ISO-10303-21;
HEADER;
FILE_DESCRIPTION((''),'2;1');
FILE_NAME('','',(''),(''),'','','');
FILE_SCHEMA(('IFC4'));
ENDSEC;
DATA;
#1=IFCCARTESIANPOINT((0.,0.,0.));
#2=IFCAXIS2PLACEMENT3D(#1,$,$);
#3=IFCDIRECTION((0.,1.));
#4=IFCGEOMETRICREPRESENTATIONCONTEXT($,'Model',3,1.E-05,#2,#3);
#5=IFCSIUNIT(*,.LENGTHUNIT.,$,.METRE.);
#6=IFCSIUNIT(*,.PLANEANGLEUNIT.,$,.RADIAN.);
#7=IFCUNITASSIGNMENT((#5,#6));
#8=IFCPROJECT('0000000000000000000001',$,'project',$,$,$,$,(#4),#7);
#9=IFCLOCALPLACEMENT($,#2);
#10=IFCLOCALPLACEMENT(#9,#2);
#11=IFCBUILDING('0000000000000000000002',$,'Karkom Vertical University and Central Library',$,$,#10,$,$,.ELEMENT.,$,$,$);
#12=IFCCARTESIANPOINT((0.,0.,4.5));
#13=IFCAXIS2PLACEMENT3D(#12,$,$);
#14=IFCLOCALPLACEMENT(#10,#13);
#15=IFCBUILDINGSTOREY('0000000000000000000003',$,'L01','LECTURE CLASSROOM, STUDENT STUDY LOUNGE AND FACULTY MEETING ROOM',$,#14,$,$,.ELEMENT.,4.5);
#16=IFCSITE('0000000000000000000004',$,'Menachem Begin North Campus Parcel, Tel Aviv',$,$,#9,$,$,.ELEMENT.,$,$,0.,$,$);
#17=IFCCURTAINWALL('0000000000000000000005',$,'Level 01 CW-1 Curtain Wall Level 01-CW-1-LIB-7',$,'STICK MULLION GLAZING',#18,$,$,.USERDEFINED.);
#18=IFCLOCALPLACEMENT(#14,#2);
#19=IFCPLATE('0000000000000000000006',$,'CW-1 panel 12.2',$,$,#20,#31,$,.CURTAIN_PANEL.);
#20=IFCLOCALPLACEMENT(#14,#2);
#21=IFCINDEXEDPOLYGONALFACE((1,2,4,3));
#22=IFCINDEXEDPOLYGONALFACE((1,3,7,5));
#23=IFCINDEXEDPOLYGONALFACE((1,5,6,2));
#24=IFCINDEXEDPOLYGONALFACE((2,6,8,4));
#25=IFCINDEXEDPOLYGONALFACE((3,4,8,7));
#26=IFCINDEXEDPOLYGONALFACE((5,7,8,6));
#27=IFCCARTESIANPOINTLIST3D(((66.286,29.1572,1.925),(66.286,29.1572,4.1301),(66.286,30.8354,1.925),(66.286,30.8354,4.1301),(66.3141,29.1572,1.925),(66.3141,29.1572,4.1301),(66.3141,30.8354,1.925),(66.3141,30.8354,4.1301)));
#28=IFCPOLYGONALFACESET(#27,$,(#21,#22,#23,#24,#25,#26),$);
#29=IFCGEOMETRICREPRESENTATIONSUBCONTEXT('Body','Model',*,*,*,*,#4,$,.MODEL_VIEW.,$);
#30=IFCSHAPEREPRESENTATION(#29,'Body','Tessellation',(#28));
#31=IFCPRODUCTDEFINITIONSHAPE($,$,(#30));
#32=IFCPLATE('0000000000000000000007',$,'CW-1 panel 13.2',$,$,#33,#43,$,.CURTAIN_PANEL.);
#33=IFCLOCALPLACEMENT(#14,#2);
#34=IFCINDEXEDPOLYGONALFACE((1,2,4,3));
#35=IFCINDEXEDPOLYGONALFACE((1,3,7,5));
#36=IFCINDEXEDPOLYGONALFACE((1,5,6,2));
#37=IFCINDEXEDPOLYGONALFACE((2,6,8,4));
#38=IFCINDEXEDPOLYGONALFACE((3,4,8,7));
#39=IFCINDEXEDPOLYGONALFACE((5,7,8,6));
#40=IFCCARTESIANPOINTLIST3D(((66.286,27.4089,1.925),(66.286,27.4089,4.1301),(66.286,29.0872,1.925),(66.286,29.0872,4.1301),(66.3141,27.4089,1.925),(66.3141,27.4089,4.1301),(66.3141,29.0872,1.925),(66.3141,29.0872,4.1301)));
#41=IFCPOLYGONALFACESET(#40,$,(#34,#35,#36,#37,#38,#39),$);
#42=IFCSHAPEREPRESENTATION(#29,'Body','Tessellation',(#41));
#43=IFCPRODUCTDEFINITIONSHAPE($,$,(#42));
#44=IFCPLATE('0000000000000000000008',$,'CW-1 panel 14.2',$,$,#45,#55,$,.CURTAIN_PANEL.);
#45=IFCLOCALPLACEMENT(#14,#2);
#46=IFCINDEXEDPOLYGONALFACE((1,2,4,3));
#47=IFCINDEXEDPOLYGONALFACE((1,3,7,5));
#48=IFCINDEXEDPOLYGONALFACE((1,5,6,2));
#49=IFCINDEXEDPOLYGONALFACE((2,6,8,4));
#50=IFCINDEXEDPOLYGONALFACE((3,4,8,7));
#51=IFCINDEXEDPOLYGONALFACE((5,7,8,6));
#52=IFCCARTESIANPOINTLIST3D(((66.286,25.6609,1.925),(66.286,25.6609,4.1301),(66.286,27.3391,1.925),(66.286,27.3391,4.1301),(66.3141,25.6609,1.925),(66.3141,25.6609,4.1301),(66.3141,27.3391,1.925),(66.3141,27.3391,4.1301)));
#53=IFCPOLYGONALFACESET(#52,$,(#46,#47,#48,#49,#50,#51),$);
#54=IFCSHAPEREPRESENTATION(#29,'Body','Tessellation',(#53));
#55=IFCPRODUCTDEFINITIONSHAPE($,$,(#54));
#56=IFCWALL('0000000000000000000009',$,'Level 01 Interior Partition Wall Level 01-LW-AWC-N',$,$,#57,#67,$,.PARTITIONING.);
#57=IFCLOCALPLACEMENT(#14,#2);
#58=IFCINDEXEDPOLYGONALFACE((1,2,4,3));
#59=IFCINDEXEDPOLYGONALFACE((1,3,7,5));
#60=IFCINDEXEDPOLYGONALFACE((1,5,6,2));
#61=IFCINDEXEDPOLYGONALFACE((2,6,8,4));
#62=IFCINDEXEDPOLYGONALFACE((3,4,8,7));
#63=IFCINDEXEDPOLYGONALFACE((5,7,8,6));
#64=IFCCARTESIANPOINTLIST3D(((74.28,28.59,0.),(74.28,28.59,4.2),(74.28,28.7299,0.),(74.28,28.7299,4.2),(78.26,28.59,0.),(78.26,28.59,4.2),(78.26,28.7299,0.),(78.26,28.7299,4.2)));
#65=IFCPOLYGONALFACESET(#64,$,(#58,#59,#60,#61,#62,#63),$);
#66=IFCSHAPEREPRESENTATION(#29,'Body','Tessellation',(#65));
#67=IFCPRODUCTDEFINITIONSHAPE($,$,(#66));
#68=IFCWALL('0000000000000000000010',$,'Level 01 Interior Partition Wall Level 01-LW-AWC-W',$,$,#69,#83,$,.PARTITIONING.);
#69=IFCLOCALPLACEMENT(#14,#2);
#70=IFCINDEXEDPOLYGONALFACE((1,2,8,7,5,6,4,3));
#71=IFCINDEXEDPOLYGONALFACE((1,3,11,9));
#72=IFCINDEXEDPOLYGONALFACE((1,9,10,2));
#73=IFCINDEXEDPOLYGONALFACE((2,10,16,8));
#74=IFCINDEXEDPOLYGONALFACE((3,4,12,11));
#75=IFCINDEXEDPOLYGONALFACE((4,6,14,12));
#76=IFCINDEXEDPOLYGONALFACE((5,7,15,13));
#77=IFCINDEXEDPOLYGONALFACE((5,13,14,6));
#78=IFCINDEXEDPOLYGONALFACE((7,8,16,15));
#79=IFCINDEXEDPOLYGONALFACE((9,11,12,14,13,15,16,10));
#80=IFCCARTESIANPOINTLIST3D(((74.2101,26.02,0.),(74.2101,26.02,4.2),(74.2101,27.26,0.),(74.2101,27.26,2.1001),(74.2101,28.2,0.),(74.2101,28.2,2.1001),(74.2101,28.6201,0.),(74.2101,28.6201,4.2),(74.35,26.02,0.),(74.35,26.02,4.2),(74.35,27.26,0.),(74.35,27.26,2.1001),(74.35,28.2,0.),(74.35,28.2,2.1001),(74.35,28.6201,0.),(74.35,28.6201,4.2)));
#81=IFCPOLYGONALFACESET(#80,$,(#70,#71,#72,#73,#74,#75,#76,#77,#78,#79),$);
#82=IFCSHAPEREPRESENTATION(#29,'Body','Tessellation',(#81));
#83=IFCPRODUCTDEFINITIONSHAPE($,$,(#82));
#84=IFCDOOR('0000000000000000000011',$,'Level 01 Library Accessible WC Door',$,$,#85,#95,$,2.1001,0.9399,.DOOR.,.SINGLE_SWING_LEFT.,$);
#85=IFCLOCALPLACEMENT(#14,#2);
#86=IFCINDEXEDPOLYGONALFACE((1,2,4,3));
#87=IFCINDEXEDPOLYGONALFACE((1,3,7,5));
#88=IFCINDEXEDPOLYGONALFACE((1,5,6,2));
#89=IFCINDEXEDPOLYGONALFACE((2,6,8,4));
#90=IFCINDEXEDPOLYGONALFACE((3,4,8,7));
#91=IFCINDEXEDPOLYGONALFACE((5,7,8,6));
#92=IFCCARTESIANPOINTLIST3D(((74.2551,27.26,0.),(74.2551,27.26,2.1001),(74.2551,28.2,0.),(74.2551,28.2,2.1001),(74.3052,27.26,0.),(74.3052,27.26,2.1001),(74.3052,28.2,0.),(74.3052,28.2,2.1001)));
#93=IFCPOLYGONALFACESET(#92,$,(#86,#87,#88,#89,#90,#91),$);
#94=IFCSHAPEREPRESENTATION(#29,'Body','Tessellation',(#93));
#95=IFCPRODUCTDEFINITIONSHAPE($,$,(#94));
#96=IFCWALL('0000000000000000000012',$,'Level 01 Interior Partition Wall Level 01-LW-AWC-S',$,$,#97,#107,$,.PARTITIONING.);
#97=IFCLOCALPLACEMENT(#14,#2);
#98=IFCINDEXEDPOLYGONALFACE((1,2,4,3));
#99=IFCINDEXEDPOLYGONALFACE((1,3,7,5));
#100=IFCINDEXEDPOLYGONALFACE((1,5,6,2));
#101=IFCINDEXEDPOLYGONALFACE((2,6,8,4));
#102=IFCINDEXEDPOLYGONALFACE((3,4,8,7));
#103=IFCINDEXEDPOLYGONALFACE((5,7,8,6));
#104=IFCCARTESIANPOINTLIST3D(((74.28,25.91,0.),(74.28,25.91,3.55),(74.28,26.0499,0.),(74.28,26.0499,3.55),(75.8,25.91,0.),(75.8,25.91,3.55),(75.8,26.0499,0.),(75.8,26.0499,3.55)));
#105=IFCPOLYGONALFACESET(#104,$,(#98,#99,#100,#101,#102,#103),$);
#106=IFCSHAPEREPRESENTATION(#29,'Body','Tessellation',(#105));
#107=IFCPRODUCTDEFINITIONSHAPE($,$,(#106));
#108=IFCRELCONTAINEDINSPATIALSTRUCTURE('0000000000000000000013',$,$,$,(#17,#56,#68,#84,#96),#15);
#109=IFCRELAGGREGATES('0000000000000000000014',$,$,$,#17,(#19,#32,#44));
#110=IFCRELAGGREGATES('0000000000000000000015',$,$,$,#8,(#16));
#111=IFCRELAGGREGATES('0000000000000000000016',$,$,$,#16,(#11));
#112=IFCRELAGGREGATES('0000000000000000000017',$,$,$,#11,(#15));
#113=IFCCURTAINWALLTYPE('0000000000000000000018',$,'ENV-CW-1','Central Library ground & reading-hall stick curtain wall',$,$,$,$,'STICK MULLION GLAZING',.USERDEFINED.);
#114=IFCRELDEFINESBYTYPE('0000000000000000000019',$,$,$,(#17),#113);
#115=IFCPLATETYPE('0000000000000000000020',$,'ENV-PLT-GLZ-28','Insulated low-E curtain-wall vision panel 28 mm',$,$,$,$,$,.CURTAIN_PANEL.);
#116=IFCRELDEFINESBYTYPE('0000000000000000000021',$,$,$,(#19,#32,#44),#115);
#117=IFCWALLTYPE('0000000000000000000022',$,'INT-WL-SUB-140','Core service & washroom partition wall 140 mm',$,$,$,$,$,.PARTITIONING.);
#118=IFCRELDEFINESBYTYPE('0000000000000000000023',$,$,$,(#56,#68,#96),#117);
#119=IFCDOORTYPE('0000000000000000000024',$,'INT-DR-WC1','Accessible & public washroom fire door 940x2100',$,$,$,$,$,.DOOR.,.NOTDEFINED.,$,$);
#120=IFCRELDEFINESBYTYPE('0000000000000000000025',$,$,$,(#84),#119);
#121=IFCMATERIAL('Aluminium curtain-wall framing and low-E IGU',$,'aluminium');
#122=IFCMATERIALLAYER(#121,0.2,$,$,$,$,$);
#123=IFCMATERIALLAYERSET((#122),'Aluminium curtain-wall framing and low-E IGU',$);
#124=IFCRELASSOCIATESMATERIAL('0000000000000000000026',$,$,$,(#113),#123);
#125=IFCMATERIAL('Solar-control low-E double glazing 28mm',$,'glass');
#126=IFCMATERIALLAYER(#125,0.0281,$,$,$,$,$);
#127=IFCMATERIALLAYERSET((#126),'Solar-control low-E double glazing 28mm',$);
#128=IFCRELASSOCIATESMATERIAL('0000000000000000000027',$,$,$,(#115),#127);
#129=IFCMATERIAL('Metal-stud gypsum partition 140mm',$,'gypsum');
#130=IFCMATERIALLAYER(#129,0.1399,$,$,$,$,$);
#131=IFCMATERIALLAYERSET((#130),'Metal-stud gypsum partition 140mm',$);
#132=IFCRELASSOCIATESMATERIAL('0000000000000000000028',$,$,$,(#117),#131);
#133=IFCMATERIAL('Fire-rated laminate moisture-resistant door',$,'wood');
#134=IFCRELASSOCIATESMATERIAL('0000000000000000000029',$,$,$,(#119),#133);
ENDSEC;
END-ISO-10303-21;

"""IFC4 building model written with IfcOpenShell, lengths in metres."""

from ifc_helpers import new_model, si_unit, direction, frame, frame_2d, origin, origin_with_axes, origin_2d, place, context, subcontext, project, spatial, rectangle, extrude, source, transform, mapped, material, layer, layer_set, type_object, element, fill, aggregate, save


model = new_model("IFC4")

# Units and contexts
model_context = context("Model", 3, precision=1e-05, world=origin(), true_north=direction((0.0, 1.0)))
body_context = subcontext(model_context, "Body", "Model", "MODEL_VIEW")
ifc_project = project(units=[si_unit("LENGTHUNIT", "METRE"), si_unit("PLANEANGLEUNIT", "RADIAN")], contexts=[model_context])

# Site, building, storey
site_placement = place(None, origin())
site = spatial("IfcSite", under=ifc_project, at=site_placement, Name="Menachem Begin North Campus Parcel, Tel Aviv", CompositionType="ELEMENT", RefElevation=0.0)
building_placement = place(site_placement, origin())
building = spatial("IfcBuilding", under=site, at=building_placement, Name="Karkom Vertical University and Central Library", CompositionType="ELEMENT")
storey_placement = place(building_placement, frame((0.0, 0.0, 4.5)))
storey = spatial("IfcBuildingStorey", under=building, at=storey_placement, Name="L01", Description="LECTURE CLASSROOM, STUDENT STUDY LOUNGE AND FACULTY MEETING ROOM", CompositionType="ELEMENT", Elevation=4.5)

# Curtain wall, plates
ifc_material_1 = material(Name="Aluminium curtain-wall framing and low-E IGU", Category="aluminium")
ifc_layer_1 = layer(ifc_material_1, 0.2)
ifc_layer_set_1 = layer_set([ifc_layer_1], Name="Aluminium curtain-wall framing and low-E IGU")
curtain_wall_type = type_object("IfcCurtainWallType", Name="ENV-CW-1", Description="Central Library ground & reading-hall stick curtain wall", ElementType="STICK MULLION GLAZING", PredefinedType="USERDEFINED", material=ifc_layer_set_1)
curtain_wall_placement = place(storey_placement, origin())
curtain_wall = element("IfcCurtainWall", 1, at=curtain_wall_placement, inside=storey, type_object=curtain_wall_type, Name="Level 01 CW-1 Curtain Wall Level 01-CW-1-LIB-7", ObjectType="STICK MULLION GLAZING", PredefinedType="USERDEFINED")
ifc_material_2 = material(Name="Solar-control low-E double glazing 28mm", Category="glass")
ifc_layer_2 = layer(ifc_material_2, 0.0281)
ifc_layer_set_2 = layer_set([ifc_layer_2], Name="Solar-control low-E double glazing 28mm")
plate_type = type_object("IfcPlateType", Name="ENV-PLT-GLZ-28", Description="Insulated low-E curtain-wall vision panel 28 mm", PredefinedType="CURTAIN_PANEL", material=ifc_layer_set_2)
shared_shape_1 = source(origin_with_axes(), body_context, "Body", "SweptSolid", [
    extrude(rectangle(XDim=1.6782, YDim=0.0281, at=origin_2d()), origin(), (0.0, 0.0, 1.0), 2.2051),
])
plate_1_placement = place(storey_placement, frame((66.3, 29.9963, 1.925), z_axis=(0.0, 0.0, 1.0), x_axis=(0.0, -1.0, 0.0)))
plate_1 = element("IfcPlate", 2, at=plate_1_placement, type_object=plate_type, Name="CW-1 panel 12.2", PredefinedType="CURTAIN_PANEL", context=body_context, shape_type="MappedRepresentation", body=[
    mapped(shared_shape_1, transform((0.0, 0.0, 0.0), scale=1.0)),
])
plate_2_placement = place(storey_placement, frame((66.3, 28.248, 1.925), z_axis=(0.0, 0.0, 1.0), x_axis=(0.0, -1.0, 0.0)))
plate_2 = element("IfcPlate", 3, at=plate_2_placement, type_object=plate_type, Name="CW-1 panel 13.2", PredefinedType="CURTAIN_PANEL", context=body_context, shape_type="MappedRepresentation", body=[
    mapped(shared_shape_1, transform((0.0, 0.0, 0.0), scale=1.0)),
])
plate_3_placement = place(storey_placement, frame((66.3, 26.5, 1.925), z_axis=(0.0, 0.0, 1.0), x_axis=(0.0, -1.0, 0.0)))
plate_3 = element("IfcPlate", 4, at=plate_3_placement, type_object=plate_type, Name="CW-1 panel 14.2", PredefinedType="CURTAIN_PANEL", context=body_context, shape_type="MappedRepresentation", body=[
    mapped(shared_shape_1, transform((0.0, 0.0, 0.0), scale=1.0)),
])
aggregate(curtain_wall, [plate_1, plate_2, plate_3])

# Wall
ifc_material_3 = material(Name="Metal-stud gypsum partition 140mm", Category="gypsum")
ifc_layer_3 = layer(ifc_material_3, 0.1399)
ifc_layer_set_3 = layer_set([ifc_layer_3], Name="Metal-stud gypsum partition 140mm")
wall_type = type_object("IfcWallType", Name="INT-WL-SUB-140", Description="Core service & washroom partition wall 140 mm", PredefinedType="PARTITIONING", material=ifc_layer_set_3)
wall_1_placement = place(storey_placement, frame((74.28, 28.6599, 0.0), z_axis=(0.0, 0.0, 1.0), x_axis=(1.0, 0.0, 0.0)))
element("IfcWall", 5, at=wall_1_placement, inside=storey, type_object=wall_type, Name="Level 01 Interior Partition Wall Level 01-LW-AWC-N", PredefinedType="PARTITIONING", context=body_context, shape_type="SweptSolid", body=[
    extrude(rectangle(XDim=3.98, YDim=0.1399, at=frame_2d((1.99, 0.0))), origin(), (0.0, 0.0, 1.0), 4.2),
])

# Wall, opening, door
wall_2_placement = place(storey_placement, frame((74.28, 26.02, 0.0), z_axis=(0.0, 0.0, 1.0), x_axis=(0.0, 1.0, 0.0)))
wall_2 = element("IfcWall", 6, at=wall_2_placement, inside=storey, type_object=wall_type, Name="Level 01 Interior Partition Wall Level 01-LW-AWC-W", PredefinedType="PARTITIONING", context=body_context, shape_type="SweptSolid", body=[
    extrude(rectangle(XDim=2.6001, YDim=0.1399, at=frame_2d((1.3, 0.0))), origin(), (0.0, 0.0, 1.0), 4.2),
])
opening_placement = place(wall_2_placement, frame((1.24, 0.0, 0.0)))
opening = element("IfcOpeningElement", 7, at=opening_placement, cuts=wall_2, PredefinedType="OPENING", context=body_context, shape_type="SweptSolid", body=[
    extrude(rectangle(XDim=0.9399, YDim=2.1001, at=frame_2d((0.47, 1.05))), frame((0.0, 0.0801, 0.0), z_axis=(0.0, -1.0, 0.0), x_axis=(1.0, 0.0, 0.0)), (0.0, 0.0, 1.0), 0.1599),
])
ifc_material_4 = material(Name="Fire-rated laminate moisture-resistant door", Category="wood")
door_type = type_object("IfcDoorType", Name="INT-DR-WC1", Description="Accessible & public washroom fire door 940x2100", OperationType="NOTDEFINED", PredefinedType="DOOR", material=ifc_material_4)
shared_shape_2 = source(origin_with_axes(), body_context, "Body", "SweptSolid", [
    extrude(rectangle(XDim=0.9399, YDim=2.1001, at=frame_2d((0.47, 1.05))), frame((0.0, 0.0249, 0.0), z_axis=(0.0, -1.0, 0.0), x_axis=(1.0, 0.0, 0.0)), (0.0, 0.0, 1.0), 0.05),
])
door_placement = place(opening_placement, origin())
door = element("IfcDoor", 8, at=door_placement, inside=storey, type_object=door_type, Name="Level 01 Library Accessible WC Door", OperationType="SINGLE_SWING_LEFT", OverallHeight=2.1001, OverallWidth=0.9399, PredefinedType="DOOR", context=body_context, shape_type="MappedRepresentation", body=[
    mapped(shared_shape_2, transform((0.0, 0.0, 0.0), scale=1.0)),
])
fill(opening, door)

# Wall
wall_3_placement = place(storey_placement, frame((74.28, 25.98, 0.0), z_axis=(0.0, 0.0, 1.0), x_axis=(1.0, 0.0, 0.0)))
element("IfcWall", 9, at=wall_3_placement, inside=storey, type_object=wall_type, Name="Level 01 Interior Partition Wall Level 01-LW-AWC-S", PredefinedType="PARTITIONING", context=body_context, shape_type="SweptSolid", body=[
    extrude(rectangle(XDim=1.52, YDim=0.1399, at=frame_2d((0.76, 0.0))), origin(), (0.0, 0.0, 1.0), 3.55),
])

save(model, "model.ifc")
